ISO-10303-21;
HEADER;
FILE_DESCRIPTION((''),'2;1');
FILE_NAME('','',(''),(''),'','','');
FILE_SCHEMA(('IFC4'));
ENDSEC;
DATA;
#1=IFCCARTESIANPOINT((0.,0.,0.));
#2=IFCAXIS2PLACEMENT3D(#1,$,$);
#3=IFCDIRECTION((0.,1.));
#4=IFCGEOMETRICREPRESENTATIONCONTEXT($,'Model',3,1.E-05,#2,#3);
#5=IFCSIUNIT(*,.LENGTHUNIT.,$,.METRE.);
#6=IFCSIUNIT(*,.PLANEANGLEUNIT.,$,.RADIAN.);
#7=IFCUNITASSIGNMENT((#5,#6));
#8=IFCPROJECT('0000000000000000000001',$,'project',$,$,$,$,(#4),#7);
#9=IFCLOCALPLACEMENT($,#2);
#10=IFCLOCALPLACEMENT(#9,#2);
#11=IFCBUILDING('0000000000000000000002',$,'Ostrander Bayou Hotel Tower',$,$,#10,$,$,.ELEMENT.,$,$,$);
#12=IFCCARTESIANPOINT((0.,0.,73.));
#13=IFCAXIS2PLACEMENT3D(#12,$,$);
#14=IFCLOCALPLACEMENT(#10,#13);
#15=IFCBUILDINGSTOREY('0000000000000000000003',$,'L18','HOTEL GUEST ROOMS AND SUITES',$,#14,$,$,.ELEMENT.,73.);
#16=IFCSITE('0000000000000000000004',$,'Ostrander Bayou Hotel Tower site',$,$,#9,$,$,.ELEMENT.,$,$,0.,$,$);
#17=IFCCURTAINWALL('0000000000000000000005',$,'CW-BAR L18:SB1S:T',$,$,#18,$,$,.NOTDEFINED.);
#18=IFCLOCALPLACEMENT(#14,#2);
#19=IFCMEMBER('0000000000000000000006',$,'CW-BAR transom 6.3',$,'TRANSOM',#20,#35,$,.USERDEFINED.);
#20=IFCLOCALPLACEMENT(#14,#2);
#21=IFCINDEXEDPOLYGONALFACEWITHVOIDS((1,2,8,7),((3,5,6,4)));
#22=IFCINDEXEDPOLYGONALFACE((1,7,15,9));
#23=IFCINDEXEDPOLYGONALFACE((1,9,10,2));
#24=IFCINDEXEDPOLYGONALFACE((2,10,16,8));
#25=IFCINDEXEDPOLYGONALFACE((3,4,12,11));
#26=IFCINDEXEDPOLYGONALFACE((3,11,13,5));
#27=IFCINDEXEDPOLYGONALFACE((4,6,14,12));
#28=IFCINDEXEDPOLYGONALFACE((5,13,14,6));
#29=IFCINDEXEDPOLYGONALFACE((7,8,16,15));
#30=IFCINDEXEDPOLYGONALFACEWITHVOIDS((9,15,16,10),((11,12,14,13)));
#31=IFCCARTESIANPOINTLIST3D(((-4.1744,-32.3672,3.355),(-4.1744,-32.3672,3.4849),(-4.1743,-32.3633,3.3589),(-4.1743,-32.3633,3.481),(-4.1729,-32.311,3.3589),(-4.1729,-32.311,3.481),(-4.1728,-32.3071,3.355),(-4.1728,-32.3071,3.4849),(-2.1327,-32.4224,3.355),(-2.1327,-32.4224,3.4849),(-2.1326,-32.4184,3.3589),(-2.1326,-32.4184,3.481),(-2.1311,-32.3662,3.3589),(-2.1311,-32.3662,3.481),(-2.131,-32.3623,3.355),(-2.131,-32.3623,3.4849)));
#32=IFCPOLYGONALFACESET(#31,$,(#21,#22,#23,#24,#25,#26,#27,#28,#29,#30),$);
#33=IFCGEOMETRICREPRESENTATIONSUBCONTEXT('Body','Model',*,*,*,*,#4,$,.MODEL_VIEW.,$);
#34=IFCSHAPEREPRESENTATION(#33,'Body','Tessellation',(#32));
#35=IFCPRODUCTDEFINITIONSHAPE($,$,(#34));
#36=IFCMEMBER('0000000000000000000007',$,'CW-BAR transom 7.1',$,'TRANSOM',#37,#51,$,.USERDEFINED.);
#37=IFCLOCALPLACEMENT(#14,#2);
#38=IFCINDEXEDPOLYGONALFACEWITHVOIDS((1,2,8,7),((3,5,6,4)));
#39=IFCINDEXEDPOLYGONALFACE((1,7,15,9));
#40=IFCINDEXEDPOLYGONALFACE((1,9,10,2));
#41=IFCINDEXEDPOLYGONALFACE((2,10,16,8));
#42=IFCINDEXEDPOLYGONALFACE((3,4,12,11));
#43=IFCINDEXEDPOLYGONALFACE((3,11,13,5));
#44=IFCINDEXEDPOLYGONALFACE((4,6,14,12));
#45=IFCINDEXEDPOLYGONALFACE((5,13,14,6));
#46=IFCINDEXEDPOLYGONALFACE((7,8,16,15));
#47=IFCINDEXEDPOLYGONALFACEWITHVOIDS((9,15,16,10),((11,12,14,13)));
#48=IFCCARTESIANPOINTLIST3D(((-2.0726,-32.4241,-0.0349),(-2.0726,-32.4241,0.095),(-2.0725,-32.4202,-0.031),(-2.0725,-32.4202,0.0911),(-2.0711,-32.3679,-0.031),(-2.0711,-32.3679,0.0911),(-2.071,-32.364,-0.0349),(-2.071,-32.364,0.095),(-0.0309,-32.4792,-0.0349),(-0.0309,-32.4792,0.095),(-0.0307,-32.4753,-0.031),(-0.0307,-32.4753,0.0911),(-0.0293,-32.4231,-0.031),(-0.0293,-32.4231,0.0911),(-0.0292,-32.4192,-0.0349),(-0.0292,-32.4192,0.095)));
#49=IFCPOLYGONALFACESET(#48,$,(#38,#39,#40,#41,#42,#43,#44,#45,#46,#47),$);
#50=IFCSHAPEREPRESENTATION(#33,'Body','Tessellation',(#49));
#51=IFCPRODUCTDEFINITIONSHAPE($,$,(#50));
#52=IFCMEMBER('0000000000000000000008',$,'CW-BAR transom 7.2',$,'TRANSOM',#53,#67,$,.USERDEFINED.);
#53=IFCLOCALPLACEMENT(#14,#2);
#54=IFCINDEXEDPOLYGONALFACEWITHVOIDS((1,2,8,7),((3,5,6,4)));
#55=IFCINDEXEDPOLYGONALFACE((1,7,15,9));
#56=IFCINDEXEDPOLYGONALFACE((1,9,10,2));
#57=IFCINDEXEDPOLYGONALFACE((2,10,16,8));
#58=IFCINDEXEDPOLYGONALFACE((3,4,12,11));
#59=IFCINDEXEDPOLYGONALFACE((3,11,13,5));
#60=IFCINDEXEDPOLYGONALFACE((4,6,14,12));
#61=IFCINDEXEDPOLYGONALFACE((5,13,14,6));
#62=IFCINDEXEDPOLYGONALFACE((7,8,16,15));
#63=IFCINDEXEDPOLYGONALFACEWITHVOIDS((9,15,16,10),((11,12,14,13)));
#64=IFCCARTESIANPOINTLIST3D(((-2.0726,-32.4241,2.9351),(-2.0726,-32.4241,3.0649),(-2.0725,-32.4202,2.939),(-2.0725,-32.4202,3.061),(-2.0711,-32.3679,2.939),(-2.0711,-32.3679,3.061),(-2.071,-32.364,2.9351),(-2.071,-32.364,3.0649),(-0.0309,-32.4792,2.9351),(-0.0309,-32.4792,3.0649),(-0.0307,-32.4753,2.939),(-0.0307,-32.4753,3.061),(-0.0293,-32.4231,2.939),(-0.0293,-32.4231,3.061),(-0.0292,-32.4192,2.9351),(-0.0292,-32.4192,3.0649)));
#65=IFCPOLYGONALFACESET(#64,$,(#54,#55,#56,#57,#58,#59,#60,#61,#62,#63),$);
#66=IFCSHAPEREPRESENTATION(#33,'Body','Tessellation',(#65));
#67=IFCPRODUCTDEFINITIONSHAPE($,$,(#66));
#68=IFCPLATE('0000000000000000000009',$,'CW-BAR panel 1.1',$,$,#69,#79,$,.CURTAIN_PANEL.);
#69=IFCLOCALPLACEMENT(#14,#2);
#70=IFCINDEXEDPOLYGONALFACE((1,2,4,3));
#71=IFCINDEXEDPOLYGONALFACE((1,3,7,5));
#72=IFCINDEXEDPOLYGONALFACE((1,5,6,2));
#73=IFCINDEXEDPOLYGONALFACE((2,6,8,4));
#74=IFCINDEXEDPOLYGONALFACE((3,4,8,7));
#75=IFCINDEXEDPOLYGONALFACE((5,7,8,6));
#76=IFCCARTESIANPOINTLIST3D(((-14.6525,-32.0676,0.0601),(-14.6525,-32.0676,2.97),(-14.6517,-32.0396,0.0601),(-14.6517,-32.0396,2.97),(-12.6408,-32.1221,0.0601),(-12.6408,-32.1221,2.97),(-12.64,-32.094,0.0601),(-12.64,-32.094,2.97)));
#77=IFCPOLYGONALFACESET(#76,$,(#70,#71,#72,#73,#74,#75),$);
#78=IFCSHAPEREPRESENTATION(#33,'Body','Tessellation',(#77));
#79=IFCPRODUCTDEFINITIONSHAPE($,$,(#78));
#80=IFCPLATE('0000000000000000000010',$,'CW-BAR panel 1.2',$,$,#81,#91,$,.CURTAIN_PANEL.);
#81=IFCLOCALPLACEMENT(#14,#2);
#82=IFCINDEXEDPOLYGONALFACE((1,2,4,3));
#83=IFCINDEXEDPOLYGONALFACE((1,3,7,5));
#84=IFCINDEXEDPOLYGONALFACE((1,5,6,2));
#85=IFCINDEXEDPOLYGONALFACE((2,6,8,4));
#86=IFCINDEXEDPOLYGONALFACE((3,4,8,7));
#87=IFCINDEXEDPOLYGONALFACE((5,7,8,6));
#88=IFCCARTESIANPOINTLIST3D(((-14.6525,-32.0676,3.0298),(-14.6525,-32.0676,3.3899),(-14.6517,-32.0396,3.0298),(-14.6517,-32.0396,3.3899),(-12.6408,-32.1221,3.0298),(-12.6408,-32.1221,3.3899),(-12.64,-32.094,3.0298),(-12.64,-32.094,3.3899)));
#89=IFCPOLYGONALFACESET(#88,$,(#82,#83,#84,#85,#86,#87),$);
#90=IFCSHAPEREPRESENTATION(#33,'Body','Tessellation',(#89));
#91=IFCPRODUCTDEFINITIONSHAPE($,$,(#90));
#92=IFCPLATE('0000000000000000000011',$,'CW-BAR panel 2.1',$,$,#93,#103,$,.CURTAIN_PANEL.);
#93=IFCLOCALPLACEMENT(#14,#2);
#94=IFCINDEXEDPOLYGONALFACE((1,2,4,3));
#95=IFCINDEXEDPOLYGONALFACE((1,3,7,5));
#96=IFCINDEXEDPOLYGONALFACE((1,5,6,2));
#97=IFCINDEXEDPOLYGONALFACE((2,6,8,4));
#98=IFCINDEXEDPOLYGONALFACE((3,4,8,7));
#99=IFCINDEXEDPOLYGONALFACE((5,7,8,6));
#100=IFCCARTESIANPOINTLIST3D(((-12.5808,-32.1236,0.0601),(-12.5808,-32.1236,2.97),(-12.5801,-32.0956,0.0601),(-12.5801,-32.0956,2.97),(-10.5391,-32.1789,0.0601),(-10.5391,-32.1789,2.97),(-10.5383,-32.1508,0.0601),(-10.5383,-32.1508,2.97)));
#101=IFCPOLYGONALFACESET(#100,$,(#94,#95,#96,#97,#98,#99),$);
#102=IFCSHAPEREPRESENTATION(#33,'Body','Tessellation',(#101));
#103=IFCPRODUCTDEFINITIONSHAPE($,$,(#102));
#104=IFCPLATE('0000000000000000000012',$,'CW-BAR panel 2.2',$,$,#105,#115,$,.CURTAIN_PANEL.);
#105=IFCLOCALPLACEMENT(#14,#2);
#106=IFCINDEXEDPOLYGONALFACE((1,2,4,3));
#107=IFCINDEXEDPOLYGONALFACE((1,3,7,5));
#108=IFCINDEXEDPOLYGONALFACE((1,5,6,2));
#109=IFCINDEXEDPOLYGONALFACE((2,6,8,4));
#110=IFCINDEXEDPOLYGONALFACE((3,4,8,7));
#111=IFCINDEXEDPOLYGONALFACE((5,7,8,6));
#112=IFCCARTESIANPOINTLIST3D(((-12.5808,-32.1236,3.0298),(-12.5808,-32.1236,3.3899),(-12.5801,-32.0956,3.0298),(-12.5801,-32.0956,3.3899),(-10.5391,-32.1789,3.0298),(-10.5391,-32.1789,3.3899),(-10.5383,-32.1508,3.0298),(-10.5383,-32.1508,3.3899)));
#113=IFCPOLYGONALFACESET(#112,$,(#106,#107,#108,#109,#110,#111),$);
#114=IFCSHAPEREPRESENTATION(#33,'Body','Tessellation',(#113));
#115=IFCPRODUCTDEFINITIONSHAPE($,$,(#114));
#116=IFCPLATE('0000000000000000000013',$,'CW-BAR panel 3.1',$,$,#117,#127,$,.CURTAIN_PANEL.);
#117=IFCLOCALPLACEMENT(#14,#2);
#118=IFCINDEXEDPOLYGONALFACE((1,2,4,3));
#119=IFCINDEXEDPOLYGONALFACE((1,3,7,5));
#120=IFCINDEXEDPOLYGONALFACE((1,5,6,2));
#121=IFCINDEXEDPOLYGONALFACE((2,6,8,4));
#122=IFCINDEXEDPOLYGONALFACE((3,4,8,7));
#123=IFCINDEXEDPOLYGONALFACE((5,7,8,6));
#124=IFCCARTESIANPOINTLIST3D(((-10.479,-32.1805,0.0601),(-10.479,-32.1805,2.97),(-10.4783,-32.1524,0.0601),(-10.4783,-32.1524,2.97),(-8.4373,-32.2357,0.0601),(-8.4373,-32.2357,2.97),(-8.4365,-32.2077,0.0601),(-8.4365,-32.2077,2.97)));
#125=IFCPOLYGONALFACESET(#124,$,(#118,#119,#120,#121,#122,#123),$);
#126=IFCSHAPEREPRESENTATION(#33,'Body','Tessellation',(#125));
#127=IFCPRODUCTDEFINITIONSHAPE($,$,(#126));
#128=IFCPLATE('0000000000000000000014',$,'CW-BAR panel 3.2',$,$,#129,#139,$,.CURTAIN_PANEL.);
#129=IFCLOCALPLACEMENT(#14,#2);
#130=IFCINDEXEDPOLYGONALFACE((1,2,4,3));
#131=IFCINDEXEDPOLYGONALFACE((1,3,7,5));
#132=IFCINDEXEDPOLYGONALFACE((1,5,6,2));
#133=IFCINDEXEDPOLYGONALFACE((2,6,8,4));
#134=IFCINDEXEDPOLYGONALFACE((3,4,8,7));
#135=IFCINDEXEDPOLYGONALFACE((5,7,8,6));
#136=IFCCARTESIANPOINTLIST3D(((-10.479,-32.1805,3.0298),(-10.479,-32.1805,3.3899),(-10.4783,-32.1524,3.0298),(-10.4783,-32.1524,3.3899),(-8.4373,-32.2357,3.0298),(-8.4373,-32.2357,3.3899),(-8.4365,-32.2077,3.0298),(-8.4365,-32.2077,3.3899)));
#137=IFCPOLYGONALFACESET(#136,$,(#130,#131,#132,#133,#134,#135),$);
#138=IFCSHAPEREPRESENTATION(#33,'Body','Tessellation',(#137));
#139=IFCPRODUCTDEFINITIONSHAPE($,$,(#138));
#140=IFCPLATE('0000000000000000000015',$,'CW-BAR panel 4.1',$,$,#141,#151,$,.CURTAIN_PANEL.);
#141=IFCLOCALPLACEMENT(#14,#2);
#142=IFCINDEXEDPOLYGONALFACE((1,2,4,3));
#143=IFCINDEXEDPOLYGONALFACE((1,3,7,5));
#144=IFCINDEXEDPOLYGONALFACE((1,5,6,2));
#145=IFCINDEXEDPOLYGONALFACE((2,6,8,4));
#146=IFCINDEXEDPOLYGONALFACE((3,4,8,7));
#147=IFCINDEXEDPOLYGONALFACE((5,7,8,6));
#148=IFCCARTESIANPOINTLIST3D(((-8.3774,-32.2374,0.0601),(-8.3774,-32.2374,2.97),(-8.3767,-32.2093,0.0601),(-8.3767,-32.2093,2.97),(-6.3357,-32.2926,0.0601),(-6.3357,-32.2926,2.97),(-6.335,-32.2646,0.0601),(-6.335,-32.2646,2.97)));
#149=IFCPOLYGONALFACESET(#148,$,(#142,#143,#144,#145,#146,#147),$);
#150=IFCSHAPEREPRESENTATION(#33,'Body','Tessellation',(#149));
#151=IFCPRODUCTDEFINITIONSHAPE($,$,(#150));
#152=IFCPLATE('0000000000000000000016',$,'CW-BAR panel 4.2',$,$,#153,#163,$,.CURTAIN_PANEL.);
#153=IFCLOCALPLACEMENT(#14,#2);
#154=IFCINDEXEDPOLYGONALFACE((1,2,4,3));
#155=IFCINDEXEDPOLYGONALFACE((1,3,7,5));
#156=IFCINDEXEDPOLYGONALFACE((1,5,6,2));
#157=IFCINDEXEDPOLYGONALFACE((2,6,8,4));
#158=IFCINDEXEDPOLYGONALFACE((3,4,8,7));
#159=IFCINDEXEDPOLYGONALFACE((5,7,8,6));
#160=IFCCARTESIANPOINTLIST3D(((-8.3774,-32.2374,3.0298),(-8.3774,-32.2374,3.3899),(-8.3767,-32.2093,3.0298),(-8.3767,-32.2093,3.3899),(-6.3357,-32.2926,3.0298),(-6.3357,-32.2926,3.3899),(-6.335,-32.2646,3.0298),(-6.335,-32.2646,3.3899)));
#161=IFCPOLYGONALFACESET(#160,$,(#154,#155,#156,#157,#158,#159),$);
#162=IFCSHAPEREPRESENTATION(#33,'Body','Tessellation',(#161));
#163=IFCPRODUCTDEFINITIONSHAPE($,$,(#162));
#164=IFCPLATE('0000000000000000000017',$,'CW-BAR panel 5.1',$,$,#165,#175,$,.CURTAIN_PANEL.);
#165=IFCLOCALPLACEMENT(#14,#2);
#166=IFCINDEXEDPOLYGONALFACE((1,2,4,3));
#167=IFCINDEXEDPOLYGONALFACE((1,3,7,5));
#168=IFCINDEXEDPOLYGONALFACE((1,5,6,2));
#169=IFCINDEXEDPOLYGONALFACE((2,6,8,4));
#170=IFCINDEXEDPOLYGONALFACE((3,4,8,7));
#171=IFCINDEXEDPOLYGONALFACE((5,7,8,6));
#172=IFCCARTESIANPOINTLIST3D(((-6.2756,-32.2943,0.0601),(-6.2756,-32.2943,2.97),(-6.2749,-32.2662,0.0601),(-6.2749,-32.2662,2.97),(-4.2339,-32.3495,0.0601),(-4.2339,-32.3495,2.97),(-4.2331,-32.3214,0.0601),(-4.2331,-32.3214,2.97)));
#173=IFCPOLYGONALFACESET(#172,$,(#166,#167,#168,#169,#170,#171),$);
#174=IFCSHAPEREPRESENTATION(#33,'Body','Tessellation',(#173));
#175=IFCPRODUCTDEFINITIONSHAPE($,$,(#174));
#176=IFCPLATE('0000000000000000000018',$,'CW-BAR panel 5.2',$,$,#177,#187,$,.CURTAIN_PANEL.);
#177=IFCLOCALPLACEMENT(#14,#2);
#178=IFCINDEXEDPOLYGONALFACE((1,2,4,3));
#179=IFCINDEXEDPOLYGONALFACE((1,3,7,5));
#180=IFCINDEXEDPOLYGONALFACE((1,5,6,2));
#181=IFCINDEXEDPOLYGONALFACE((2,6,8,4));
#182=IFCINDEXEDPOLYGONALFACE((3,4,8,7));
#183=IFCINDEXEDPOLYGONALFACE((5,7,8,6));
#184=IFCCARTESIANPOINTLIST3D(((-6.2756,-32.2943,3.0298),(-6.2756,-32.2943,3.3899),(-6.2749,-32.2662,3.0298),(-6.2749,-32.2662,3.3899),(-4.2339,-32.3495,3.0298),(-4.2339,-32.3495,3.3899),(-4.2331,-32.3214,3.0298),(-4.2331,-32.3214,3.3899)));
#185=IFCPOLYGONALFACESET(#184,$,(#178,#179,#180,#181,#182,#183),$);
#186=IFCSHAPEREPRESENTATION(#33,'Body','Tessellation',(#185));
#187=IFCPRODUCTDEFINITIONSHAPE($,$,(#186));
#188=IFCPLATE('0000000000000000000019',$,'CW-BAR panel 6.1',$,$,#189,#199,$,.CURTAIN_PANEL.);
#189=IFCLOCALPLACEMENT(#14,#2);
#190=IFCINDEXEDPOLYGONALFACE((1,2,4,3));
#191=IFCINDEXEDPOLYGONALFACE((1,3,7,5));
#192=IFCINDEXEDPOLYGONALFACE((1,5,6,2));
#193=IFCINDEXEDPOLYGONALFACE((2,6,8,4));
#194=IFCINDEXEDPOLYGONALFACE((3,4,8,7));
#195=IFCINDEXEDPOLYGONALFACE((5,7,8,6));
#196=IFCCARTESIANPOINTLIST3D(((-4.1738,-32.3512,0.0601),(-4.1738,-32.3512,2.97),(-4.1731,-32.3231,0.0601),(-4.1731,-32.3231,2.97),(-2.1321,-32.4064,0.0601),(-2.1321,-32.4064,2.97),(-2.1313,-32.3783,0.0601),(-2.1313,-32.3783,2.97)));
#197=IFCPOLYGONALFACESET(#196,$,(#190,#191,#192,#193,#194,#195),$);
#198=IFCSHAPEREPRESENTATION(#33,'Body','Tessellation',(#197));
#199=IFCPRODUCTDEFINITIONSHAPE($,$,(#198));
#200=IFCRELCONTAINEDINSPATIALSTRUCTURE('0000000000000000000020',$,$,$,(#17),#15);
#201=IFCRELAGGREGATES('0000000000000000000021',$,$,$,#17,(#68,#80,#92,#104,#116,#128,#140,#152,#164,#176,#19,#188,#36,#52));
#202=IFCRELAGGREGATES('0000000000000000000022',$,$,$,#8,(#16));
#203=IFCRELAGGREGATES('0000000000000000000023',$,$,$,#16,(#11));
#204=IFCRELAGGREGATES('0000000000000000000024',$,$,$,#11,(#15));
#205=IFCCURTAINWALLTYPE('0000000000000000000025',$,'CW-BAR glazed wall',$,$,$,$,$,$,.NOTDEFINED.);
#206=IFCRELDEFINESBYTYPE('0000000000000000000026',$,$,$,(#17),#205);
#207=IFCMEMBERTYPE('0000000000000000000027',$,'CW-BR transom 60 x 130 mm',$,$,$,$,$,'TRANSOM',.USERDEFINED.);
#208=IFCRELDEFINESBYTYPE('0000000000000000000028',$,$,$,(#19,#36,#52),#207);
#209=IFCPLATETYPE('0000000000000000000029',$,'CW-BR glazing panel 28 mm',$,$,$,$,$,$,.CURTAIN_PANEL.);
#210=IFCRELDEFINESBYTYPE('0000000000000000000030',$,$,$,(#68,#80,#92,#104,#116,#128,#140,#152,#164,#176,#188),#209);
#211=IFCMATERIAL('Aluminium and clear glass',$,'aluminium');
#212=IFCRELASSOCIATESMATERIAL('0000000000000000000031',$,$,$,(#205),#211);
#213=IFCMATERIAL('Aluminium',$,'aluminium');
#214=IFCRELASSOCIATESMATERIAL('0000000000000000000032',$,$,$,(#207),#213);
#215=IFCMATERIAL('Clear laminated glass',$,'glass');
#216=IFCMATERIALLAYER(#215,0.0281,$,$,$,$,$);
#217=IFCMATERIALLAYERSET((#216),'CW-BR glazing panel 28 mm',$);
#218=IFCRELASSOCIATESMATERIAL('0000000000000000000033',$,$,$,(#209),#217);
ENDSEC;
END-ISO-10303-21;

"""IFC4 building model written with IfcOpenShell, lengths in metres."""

from ifc_helpers import new_model, si_unit, direction, frame, origin, origin_2d, place, context, subcontext, project, spatial, rectangle, hollow_rectangle, extrude, material, layer, layer_set, material_profile, profile_set, type_object, element, aggregate, save


model = new_model("IFC4")

# Units and contexts
model_context = context("Model", 3, precision=1e-05, world=origin(), true_north=direction((0.0, 1.0)))
body_context = subcontext(model_context, "Body", "Model", "MODEL_VIEW")
ifc_project = project(units=[si_unit("LENGTHUNIT", "METRE"), si_unit("PLANEANGLEUNIT", "RADIAN")], contexts=[model_context])

# Site, building, storey
site_placement = place(None, origin())
site = spatial("IfcSite", under=ifc_project, at=site_placement, Name="Ostrander Bayou Hotel Tower site", CompositionType="ELEMENT", RefElevation=0.0)
building_placement = place(site_placement, origin())
building = spatial("IfcBuilding", under=site, at=building_placement, Name="Ostrander Bayou Hotel Tower", CompositionType="ELEMENT")
storey_placement = place(building_placement, frame((0.0, 0.0, 73.0)))
storey = spatial("IfcBuildingStorey", under=building, at=storey_placement, Name="L18", Description="HOTEL GUEST ROOMS AND SUITES", CompositionType="ELEMENT", Elevation=73.0)

# Curtain wall, members, plates
ifc_material_1 = material(Name="Aluminium and clear glass", Category="aluminium")
curtain_wall_type = type_object("IfcCurtainWallType", Name="CW-BAR glazed wall", PredefinedType="NOTDEFINED", material=ifc_material_1)
curtain_wall_placement = place(storey_placement, origin())
curtain_wall = element("IfcCurtainWall", 1, at=curtain_wall_placement, inside=storey, type_object=curtain_wall_type, Name="CW-BAR L18:SB1S:T", PredefinedType="NOTDEFINED")
ifc_material_2 = material(Name="Aluminium", Category="aluminium")
ifc_material_profile_1 = material_profile(ifc_material_2, hollow_rectangle(XDim=0.0601, YDim=0.1299, WallThickness=0.0039, at=origin_2d()))
ifc_profile_set_1 = profile_set([ifc_material_profile_1], Name="Aluminium")
member_type_1 = type_object("IfcMemberType", Name="CW-BR transom 60 x 130 mm", ElementType="TRANSOM", PredefinedType="USERDEFINED", material=ifc_profile_set_1)
member_1_placement = place(storey_placement, frame((-4.1736, -32.3372, 3.4199), z_axis=(0.999635, -0.027014, 0.0), x_axis=(0.027014, 0.999635, 0.0)))
member_1 = element("IfcMember", 2, at=member_1_placement, type_object=member_type_1, Name="CW-BAR transom 6.3", ObjectType="TRANSOM", PredefinedType="USERDEFINED", context=body_context, shape_type="SweptSolid", body=[
    extrude(hollow_rectangle(XDim=0.0601, YDim=0.1299, WallThickness=0.0039, at=origin_2d()), origin(), (0.0, 0.0, 1.0), 2.0425),
])
member_2_placement = place(storey_placement, frame((-2.0718, -32.394, 0.03), z_axis=(0.999635, -0.027014, 0.0), x_axis=(0.027014, 0.999635, 0.0)))
member_2 = element("IfcMember", 3, at=member_2_placement, type_object=member_type_1, Name="CW-BAR transom 7.1", ObjectType="TRANSOM", PredefinedType="USERDEFINED", context=body_context, shape_type="SweptSolid", body=[
    extrude(hollow_rectangle(XDim=0.0601, YDim=0.1299, WallThickness=0.0039, at=origin_2d()), origin(), (0.0, 0.0, 1.0), 2.0425),
])
member_3_placement = place(storey_placement, frame((-2.0718, -32.394, 3.0), z_axis=(0.999635, -0.027014, 0.0), x_axis=(0.027014, 0.999635, 0.0)))
member_3 = element("IfcMember", 4, at=member_3_placement, type_object=member_type_1, Name="CW-BAR transom 7.2", ObjectType="TRANSOM", PredefinedType="USERDEFINED", context=body_context, shape_type="SweptSolid", body=[
    extrude(hollow_rectangle(XDim=0.0601, YDim=0.1299, WallThickness=0.0039, at=origin_2d()), origin(), (0.0, 0.0, 1.0), 2.0425),
])
ifc_material_3 = material(Name="Clear laminated glass", Category="glass")
ifc_layer_1 = layer(ifc_material_3, 0.0281)
ifc_layer_set_1 = layer_set([ifc_layer_1], Name="CW-BR glazing panel 28 mm")
plate_type = type_object("IfcPlateType", Name="CW-BR glazing panel 28 mm", PredefinedType="CURTAIN_PANEL", material=ifc_layer_set_1)
plate_1_placement = place(storey_placement, frame((-13.6462, -32.0808, 0.0601), z_axis=(0.0, 0.0, 1.0), x_axis=(0.999634, -0.027042, 0.0)))
plate_1 = element("IfcPlate", 5, at=plate_1_placement, type_object=plate_type, Name="CW-BAR panel 1.1", PredefinedType="CURTAIN_PANEL", context=body_context, shape_type="SweptSolid", body=[
    extrude(rectangle(XDim=2.0125, YDim=0.0281, at=origin_2d()), origin(), (0.0, 0.0, 1.0), 2.9099),
])
plate_2_placement = place(storey_placement, frame((-13.6462, -32.0808, 3.0298), z_axis=(0.0, 0.0, 1.0), x_axis=(0.999634, -0.027042, 0.0)))
plate_2 = element("IfcPlate", 6, at=plate_2_placement, type_object=plate_type, Name="CW-BAR panel 1.2", PredefinedType="CURTAIN_PANEL", context=body_context, shape_type="SweptSolid", body=[
    extrude(rectangle(XDim=2.0125, YDim=0.0281, at=origin_2d()), origin(), (0.0, 0.0, 1.0), 0.3601),
])
plate_3_placement = place(storey_placement, frame((-11.5596, -32.1372, 0.0601), z_axis=(0.0, 0.0, 1.0), x_axis=(0.999634, -0.027042, 0.0)))
plate_3 = element("IfcPlate", 7, at=plate_3_placement, type_object=plate_type, Name="CW-BAR panel 2.1", PredefinedType="CURTAIN_PANEL", context=body_context, shape_type="SweptSolid", body=[
    extrude(rectangle(XDim=2.0425, YDim=0.0281, at=origin_2d()), origin(), (0.0, 0.0, 1.0), 2.9099),
])
plate_4_placement = place(storey_placement, frame((-11.5596, -32.1372, 3.0298), z_axis=(0.0, 0.0, 1.0), x_axis=(0.999634, -0.027042, 0.0)))
plate_4 = element("IfcPlate", 8, at=plate_4_placement, type_object=plate_type, Name="CW-BAR panel 2.2", PredefinedType="CURTAIN_PANEL", context=body_context, shape_type="SweptSolid", body=[
    extrude(rectangle(XDim=2.0425, YDim=0.0281, at=origin_2d()), origin(), (0.0, 0.0, 1.0), 0.3601),
])
plate_5_placement = place(storey_placement, frame((-9.4578, -32.1941, 0.0601), z_axis=(0.0, 0.0, 1.0), x_axis=(0.999634, -0.027042, 0.0)))
plate_5 = element("IfcPlate", 9, at=plate_5_placement, type_object=plate_type, Name="CW-BAR panel 3.1", PredefinedType="CURTAIN_PANEL", context=body_context, shape_type="SweptSolid", body=[
    extrude(rectangle(XDim=2.0425, YDim=0.0281, at=origin_2d()), origin(), (0.0, 0.0, 1.0), 2.9099),
])
plate_6_placement = place(storey_placement, frame((-9.4578, -32.1941, 3.0298), z_axis=(0.0, 0.0, 1.0), x_axis=(0.999634, -0.027042, 0.0)))
plate_6 = element("IfcPlate", 10, at=plate_6_placement, type_object=plate_type, Name="CW-BAR panel 3.2", PredefinedType="CURTAIN_PANEL", context=body_context, shape_type="SweptSolid", body=[
    extrude(rectangle(XDim=2.0425, YDim=0.0281, at=origin_2d()), origin(), (0.0, 0.0, 1.0), 0.3601),
])
plate_7_placement = place(storey_placement, frame((-7.3562, -32.251, 0.0601), z_axis=(0.0, 0.0, 1.0), x_axis=(0.999634, -0.027042, 0.0)))
plate_7 = element("IfcPlate", 11, at=plate_7_placement, type_object=plate_type, Name="CW-BAR panel 4.1", PredefinedType="CURTAIN_PANEL", context=body_context, shape_type="SweptSolid", body=[
    extrude(rectangle(XDim=2.0425, YDim=0.0281, at=origin_2d()), origin(), (0.0, 0.0, 1.0), 2.9099),
])
plate_8_placement = place(storey_placement, frame((-7.3562, -32.251, 3.0298), z_axis=(0.0, 0.0, 1.0), x_axis=(0.999634, -0.027042, 0.0)))
plate_8 = element("IfcPlate", 12, at=plate_8_placement, type_object=plate_type, Name="CW-BAR panel 4.2", PredefinedType="CURTAIN_PANEL", context=body_context, shape_type="SweptSolid", body=[
    extrude(rectangle(XDim=2.0425, YDim=0.0281, at=origin_2d()), origin(), (0.0, 0.0, 1.0), 0.3601),
])
plate_9_placement = place(storey_placement, frame((-5.2544, -32.3079, 0.0601), z_axis=(0.0, 0.0, 1.0), x_axis=(0.999634, -0.027042, 0.0)))
plate_9 = element("IfcPlate", 13, at=plate_9_placement, type_object=plate_type, Name="CW-BAR panel 5.1", PredefinedType="CURTAIN_PANEL", context=body_context, shape_type="SweptSolid", body=[
    extrude(rectangle(XDim=2.0425, YDim=0.0281, at=origin_2d()), origin(), (0.0, 0.0, 1.0), 2.9099),
])
plate_10_placement = place(storey_placement, frame((-5.2544, -32.3079, 3.0298), z_axis=(0.0, 0.0, 1.0), x_axis=(0.999634, -0.027042, 0.0)))
plate_10 = element("IfcPlate", 14, at=plate_10_placement, type_object=plate_type, Name="CW-BAR panel 5.2", PredefinedType="CURTAIN_PANEL", context=body_context, shape_type="SweptSolid", body=[
    extrude(rectangle(XDim=2.0425, YDim=0.0281, at=origin_2d()), origin(), (0.0, 0.0, 1.0), 0.3601),
])
plate_11_placement = place(storey_placement, frame((-3.1526, -32.3647, 0.0601), z_axis=(0.0, 0.0, 1.0), x_axis=(0.999634, -0.027042, 0.0)))
plate_11 = element("IfcPlate", 15, at=plate_11_placement, type_object=plate_type, Name="CW-BAR panel 6.1", PredefinedType="CURTAIN_PANEL", context=body_context, shape_type="SweptSolid", body=[
    extrude(rectangle(XDim=2.0425, YDim=0.0281, at=origin_2d()), origin(), (0.0, 0.0, 1.0), 2.9099),
])
aggregate(curtain_wall, [plate_1, plate_2, plate_3, plate_4, plate_5, plate_6, plate_7, plate_8, plate_9, plate_10, member_1, plate_11, member_2, member_3])

save(model, "model.ifc")
